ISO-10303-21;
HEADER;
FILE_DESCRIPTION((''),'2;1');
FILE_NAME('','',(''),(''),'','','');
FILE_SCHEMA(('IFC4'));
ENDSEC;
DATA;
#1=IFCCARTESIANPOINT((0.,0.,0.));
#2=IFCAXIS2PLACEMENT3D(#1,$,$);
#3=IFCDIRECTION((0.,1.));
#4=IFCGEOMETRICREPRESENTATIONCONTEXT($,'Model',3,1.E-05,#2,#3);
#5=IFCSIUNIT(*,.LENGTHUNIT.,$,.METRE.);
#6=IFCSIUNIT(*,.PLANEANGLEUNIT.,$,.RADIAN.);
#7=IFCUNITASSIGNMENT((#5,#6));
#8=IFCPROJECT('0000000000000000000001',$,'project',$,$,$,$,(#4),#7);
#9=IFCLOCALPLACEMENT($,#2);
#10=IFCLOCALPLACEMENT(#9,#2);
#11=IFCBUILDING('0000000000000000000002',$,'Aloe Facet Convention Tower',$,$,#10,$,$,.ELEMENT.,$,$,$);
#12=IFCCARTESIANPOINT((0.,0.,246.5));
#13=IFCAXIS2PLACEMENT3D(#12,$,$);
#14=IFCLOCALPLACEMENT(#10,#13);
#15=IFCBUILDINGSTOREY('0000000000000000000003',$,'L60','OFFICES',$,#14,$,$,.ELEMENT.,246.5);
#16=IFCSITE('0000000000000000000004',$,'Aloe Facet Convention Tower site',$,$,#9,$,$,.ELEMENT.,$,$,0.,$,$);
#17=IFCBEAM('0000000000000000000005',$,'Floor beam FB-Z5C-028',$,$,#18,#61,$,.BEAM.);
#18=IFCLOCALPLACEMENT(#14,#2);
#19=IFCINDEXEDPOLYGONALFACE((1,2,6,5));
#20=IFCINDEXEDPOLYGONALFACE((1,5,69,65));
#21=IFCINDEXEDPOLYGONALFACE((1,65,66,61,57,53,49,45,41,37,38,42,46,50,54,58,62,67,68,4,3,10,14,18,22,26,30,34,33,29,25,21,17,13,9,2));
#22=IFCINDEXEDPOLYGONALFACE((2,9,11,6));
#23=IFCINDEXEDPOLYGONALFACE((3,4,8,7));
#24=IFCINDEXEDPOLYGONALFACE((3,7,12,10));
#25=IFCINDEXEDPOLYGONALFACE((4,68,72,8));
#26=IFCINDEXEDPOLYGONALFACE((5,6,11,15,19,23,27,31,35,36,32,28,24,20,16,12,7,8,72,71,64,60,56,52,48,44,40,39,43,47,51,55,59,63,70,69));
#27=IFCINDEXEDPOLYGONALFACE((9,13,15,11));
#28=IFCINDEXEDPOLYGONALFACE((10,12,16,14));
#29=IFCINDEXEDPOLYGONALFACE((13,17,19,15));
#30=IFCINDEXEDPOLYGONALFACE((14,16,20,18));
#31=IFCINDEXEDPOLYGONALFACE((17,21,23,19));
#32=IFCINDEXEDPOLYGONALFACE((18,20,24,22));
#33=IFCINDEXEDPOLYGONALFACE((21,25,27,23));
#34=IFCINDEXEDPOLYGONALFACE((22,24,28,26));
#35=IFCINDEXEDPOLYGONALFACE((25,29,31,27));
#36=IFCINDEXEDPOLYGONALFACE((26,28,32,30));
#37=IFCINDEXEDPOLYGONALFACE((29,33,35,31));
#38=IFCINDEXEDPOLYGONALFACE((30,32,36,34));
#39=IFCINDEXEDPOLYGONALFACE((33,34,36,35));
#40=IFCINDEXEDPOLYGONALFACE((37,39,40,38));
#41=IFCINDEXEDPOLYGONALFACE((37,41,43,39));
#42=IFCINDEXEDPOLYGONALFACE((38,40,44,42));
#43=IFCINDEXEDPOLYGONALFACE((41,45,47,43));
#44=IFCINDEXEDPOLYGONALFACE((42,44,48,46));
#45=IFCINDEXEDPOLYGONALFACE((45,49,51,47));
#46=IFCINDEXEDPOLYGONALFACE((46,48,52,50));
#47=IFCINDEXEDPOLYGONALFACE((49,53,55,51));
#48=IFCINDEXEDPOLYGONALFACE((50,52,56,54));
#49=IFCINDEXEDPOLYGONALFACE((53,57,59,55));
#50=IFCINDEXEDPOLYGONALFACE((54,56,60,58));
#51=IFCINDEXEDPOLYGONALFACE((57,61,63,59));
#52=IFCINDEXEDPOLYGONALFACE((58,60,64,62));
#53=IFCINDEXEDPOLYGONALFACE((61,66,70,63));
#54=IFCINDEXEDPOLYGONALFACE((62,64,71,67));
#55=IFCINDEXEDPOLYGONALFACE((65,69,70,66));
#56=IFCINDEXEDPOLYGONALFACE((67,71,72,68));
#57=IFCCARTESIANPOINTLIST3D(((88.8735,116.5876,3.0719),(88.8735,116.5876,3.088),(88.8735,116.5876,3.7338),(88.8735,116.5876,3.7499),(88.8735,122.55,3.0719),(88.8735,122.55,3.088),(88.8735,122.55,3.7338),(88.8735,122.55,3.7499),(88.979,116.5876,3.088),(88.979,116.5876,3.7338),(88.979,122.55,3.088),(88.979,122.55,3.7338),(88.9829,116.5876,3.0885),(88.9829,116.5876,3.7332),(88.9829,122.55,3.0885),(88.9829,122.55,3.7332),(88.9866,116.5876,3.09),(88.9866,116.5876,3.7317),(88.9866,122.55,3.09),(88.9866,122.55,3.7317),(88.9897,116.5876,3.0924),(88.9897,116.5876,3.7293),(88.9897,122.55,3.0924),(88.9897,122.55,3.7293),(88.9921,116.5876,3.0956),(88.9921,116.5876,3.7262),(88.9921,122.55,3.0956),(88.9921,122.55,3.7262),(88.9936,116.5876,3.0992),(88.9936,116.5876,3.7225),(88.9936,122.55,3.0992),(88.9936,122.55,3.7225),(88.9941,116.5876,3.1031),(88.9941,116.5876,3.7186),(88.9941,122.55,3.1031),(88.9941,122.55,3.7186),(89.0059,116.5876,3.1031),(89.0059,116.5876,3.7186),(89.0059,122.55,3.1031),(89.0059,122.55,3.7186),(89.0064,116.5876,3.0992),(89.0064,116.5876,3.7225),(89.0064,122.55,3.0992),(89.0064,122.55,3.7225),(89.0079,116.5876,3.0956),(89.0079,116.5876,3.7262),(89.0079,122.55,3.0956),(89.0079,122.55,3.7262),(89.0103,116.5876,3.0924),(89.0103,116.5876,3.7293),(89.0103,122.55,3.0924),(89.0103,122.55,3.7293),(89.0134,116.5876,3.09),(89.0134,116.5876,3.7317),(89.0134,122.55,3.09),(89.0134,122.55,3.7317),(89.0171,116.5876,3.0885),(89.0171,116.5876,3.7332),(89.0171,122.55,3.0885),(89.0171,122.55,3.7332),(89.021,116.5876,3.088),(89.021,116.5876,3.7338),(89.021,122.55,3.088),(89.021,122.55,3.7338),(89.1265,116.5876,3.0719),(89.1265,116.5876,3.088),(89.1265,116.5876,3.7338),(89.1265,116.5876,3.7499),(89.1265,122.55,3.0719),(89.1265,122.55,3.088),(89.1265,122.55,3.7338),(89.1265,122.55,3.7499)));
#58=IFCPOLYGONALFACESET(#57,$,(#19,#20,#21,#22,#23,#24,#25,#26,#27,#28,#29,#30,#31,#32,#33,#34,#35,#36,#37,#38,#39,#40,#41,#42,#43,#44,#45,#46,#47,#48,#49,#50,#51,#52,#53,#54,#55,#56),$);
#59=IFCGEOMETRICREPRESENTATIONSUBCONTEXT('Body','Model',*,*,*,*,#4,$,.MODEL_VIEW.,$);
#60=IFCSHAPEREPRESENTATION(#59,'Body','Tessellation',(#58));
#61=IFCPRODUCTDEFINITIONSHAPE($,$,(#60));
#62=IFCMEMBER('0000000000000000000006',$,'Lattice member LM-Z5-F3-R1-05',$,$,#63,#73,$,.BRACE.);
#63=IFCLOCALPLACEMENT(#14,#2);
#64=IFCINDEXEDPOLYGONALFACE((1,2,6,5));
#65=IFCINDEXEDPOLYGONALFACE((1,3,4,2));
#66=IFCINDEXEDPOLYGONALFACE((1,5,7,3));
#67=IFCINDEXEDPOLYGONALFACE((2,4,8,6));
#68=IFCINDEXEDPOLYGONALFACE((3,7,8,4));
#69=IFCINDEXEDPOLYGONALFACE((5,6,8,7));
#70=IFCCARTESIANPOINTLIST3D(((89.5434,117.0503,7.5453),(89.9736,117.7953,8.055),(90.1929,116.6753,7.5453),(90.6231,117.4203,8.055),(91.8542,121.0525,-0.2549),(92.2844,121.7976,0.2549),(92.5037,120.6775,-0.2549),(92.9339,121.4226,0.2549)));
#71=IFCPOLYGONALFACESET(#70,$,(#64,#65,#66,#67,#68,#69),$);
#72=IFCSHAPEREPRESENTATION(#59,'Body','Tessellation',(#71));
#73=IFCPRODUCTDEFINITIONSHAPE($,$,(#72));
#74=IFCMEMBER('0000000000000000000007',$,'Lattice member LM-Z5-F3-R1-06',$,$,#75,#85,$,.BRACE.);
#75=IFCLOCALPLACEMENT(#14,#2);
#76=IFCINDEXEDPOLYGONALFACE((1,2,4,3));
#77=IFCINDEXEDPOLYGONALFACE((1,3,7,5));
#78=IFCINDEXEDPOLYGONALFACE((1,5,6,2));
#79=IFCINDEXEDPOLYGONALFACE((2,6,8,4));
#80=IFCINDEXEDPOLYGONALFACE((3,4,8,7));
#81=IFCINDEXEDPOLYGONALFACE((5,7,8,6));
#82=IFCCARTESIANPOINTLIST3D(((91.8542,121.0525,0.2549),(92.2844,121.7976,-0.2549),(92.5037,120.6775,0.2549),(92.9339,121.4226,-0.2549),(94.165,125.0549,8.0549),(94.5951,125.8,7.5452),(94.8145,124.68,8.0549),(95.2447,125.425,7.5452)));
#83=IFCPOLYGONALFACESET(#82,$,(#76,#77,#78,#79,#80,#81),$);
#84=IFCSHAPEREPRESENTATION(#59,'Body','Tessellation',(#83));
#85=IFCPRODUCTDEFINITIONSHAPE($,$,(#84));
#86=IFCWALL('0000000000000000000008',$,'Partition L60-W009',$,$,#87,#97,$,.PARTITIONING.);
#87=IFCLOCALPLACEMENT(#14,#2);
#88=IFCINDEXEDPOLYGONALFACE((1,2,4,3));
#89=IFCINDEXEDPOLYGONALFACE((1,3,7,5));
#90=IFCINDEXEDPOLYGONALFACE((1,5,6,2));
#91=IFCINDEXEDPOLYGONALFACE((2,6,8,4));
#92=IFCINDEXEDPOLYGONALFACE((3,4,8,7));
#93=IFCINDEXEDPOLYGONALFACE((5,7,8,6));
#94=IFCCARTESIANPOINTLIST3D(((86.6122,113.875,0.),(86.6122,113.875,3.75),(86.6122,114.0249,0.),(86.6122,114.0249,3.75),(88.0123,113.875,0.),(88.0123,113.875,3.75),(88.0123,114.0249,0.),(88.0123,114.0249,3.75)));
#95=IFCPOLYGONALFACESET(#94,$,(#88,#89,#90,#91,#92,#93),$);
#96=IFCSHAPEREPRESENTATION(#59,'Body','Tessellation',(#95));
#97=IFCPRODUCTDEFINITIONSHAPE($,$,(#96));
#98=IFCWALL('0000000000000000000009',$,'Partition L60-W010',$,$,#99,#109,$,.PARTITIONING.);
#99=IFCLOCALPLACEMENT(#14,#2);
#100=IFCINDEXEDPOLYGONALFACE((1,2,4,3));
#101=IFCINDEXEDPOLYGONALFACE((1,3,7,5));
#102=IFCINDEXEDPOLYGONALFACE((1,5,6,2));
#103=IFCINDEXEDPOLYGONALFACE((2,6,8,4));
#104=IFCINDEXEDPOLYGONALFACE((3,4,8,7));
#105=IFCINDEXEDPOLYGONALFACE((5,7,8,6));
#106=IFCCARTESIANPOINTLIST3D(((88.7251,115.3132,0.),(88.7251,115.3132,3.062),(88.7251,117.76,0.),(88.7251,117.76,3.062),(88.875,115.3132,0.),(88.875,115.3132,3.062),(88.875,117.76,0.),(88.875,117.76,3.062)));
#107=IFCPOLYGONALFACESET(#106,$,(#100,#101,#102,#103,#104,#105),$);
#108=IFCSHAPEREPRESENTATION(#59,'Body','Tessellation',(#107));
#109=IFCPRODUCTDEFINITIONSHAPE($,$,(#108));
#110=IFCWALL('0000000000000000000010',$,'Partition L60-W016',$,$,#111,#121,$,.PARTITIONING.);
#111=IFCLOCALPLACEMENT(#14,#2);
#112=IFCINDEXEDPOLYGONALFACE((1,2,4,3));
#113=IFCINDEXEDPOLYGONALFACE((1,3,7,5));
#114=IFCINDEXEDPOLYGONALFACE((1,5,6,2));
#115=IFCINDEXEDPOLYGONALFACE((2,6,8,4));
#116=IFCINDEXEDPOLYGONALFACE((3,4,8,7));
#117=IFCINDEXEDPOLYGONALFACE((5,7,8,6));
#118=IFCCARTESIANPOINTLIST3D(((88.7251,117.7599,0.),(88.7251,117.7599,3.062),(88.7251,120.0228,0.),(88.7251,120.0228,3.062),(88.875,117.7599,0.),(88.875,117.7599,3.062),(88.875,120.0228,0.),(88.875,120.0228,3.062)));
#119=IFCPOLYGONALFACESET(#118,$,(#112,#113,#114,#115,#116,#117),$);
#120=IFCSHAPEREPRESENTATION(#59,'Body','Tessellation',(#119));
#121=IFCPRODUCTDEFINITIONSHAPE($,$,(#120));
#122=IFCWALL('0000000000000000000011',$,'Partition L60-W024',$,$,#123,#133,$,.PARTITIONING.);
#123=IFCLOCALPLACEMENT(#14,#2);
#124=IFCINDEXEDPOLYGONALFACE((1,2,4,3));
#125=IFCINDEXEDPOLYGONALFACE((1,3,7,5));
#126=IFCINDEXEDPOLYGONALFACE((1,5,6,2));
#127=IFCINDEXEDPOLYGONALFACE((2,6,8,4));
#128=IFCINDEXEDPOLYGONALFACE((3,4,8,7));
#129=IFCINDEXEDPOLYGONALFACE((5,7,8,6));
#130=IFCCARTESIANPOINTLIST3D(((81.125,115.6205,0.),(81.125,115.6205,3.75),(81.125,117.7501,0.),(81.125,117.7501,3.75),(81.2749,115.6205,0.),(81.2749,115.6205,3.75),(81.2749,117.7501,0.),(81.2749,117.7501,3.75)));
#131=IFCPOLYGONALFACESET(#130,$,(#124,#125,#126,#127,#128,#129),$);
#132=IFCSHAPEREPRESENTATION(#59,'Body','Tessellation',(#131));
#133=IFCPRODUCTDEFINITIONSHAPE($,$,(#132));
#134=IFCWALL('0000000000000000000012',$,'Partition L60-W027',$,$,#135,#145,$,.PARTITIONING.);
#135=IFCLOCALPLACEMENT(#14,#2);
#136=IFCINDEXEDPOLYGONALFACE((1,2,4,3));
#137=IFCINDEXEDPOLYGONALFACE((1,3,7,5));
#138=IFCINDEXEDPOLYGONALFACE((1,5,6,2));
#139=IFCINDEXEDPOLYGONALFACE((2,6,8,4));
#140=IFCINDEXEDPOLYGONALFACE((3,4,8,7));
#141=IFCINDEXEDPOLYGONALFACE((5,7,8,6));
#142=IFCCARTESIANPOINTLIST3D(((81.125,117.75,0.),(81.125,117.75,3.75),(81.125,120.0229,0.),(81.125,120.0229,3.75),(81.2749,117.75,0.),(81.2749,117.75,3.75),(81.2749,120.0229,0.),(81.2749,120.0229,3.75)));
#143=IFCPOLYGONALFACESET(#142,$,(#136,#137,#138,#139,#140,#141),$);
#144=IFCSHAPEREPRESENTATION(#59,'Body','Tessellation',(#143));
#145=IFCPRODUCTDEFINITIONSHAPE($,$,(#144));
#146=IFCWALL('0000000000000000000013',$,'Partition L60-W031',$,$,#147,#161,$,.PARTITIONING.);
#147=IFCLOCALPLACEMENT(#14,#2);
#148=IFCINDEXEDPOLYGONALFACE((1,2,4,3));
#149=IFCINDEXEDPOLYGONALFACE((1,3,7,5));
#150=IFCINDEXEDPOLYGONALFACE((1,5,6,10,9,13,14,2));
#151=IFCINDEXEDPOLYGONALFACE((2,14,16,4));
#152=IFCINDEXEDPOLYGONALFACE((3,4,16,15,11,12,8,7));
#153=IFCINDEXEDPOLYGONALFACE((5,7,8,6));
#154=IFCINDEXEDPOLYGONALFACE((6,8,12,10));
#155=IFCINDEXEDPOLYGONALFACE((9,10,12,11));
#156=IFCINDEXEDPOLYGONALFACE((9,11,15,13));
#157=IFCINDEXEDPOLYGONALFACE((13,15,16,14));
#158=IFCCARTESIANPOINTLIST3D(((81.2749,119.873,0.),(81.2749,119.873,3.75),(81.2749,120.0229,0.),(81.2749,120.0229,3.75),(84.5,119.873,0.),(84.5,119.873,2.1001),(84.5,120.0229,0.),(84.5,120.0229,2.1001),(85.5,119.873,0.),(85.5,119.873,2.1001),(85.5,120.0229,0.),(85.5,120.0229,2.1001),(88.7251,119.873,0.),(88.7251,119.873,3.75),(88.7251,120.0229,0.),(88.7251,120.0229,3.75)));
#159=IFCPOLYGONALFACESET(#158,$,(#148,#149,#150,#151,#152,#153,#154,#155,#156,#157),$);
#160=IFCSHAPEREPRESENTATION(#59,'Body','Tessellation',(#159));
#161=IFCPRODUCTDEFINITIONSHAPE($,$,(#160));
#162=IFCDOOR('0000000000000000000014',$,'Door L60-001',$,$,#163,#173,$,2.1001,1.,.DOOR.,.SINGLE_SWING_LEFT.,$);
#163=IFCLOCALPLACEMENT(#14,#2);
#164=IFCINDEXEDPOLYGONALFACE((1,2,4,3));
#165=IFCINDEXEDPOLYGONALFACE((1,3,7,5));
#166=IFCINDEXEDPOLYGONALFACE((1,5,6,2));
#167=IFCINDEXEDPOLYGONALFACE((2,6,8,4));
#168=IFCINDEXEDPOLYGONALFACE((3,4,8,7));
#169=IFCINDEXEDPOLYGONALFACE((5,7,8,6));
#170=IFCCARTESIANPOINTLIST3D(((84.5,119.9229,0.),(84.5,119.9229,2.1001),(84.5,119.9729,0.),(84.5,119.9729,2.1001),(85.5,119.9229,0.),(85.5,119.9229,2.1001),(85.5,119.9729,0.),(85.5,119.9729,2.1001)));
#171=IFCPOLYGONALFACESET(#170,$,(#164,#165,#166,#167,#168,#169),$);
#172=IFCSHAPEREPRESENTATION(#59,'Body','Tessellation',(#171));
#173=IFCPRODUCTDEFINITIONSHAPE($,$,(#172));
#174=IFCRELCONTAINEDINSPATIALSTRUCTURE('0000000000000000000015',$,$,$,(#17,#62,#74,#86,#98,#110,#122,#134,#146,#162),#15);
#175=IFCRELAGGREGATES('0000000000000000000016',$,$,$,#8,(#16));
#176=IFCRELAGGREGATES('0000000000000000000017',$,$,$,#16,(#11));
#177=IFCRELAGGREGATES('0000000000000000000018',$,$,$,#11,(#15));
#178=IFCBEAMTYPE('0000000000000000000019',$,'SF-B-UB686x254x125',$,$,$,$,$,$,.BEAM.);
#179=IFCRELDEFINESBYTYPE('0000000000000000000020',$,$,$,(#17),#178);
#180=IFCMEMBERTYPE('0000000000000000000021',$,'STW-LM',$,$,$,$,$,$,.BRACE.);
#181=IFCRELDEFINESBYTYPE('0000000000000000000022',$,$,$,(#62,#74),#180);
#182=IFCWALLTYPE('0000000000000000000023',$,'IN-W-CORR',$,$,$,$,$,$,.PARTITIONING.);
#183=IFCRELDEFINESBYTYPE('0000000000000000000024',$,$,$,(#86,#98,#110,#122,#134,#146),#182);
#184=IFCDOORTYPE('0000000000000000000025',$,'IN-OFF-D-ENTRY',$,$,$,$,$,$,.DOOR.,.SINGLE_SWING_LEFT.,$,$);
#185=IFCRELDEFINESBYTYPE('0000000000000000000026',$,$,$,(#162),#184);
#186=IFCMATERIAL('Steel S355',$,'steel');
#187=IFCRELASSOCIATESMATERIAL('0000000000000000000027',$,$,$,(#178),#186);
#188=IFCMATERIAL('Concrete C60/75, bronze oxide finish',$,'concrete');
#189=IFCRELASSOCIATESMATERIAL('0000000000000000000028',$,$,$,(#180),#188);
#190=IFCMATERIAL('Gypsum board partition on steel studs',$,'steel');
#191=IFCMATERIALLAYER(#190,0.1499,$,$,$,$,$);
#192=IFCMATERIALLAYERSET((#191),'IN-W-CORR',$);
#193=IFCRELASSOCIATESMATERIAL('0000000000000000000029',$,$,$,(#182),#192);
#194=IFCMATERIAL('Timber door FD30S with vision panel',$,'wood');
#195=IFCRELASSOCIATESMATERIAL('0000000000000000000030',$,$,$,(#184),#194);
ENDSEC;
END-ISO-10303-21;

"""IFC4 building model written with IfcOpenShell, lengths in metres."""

from ifc_helpers import new_model, si_unit, direction, frame, frame_2d, origin, origin_2d, place, context, subcontext, project, spatial, rectangle, i_section, extrude, material, layer, layer_set, material_profile, profile_set, type_object, element, fill, save


model = new_model("IFC4")

# Units and contexts
model_context = context("Model", 3, precision=1e-05, world=origin(), true_north=direction((0.0, 1.0)))
body_context = subcontext(model_context, "Body", "Model", "MODEL_VIEW")
ifc_project = project(units=[si_unit("LENGTHUNIT", "METRE"), si_unit("PLANEANGLEUNIT", "RADIAN")], contexts=[model_context])

# Site, building, storey
site_placement = place(None, origin())
site = spatial("IfcSite", under=ifc_project, at=site_placement, Name="Aloe Facet Convention Tower site", CompositionType="ELEMENT", RefElevation=0.0)
building_placement = place(site_placement, origin())
building = spatial("IfcBuilding", under=site, at=building_placement, Name="Aloe Facet Convention Tower", CompositionType="ELEMENT")
storey_placement = place(building_placement, frame((0.0, 0.0, 246.5)))
storey = spatial("IfcBuildingStorey", under=building, at=storey_placement, Name="L60", Description="OFFICES", CompositionType="ELEMENT", Elevation=246.5)

# Beam
ifc_material_1 = material(Name="Steel S355", Category="steel")
ifc_material_profile_1 = material_profile(ifc_material_1, i_section(OverallWidth=0.2529, OverallDepth=0.678, WebThickness=0.0117, FlangeThickness=0.0161, FilletRadius=0.0151, at=origin_2d()), Name="UB 686x254x125")
ifc_profile_set_1 = profile_set([ifc_material_profile_1], Name="Steel S355")
beam_type_1 = type_object("IfcBeamType", Name="SF-B-UB686x254x125", PredefinedType="BEAM", material=ifc_profile_set_1)
beam_1_placement = place(storey_placement, frame((89.0, 122.55, 3.4109), z_axis=(0.0, -1.0, 0.0), x_axis=(1.0, 0.0, 0.0)))
element("IfcBeam", 1, at=beam_1_placement, inside=storey, type_object=beam_type_1, Name="Floor beam FB-Z5C-028", PredefinedType="BEAM", context=body_context, shape_type="SweptSolid", body=[
    extrude(i_section(OverallWidth=0.2529, OverallDepth=0.678, WebThickness=0.0117, FlangeThickness=0.0161, FilletRadius=0.0151, at=origin_2d()), origin(), (0.0, 0.0, 1.0), 5.9624),
])

# Members
ifc_material_2 = material(Name="Concrete C60/75, bronze oxide finish", Category="concrete")
ifc_material_profile_2 = material_profile(ifc_material_2, rectangle(XDim=0.75, YDim=1.0, at=origin_2d()), Name="STW-LM")
ifc_profile_set_2 = profile_set([ifc_material_profile_2], Name="Concrete C60/75, bronze oxide finish")
member_type = type_object("IfcMemberType", Name="STW-LM", PredefinedType="BRACE", material=ifc_profile_set_2)
for number, where, z_axis, x_axis, name in (
    (2, (92.394, 121.2375, 0.0), (-0.254876, -0.441436, 0.860333), (0.866014, -0.50002, 0.0), "Lattice member LM-Z5-F3-R1-05"),
    (3, (92.394, 121.2375, 0.0), (0.254873, 0.441458, 0.860322), (-0.866027, 0.499997, 0.0), "Lattice member LM-Z5-F3-R1-06"),
):
    element("IfcMember", number, at=place(storey_placement, frame(where, z_axis=z_axis, x_axis=x_axis)), inside=storey, type_object=member_type, Name=name, PredefinedType="BRACE", context=body_context, shape_type="SweptSolid", body=[
        extrude(rectangle(XDim=0.75, YDim=1.0, at=origin_2d()), origin(), (0.0, 0.0, 1.0), 9.0664),
    ])

# Walls
ifc_material_3 = material(Name="Gypsum board partition on steel studs", Category="steel")
ifc_layer_1 = layer(ifc_material_3, 0.1499)
ifc_layer_set_1 = layer_set([ifc_layer_1], Name="IN-W-CORR")
wall_type_1 = type_object("IfcWallType", Name="IN-W-CORR", PredefinedType="PARTITIONING", material=ifc_layer_set_1)
wall_1_placement = place(storey_placement, frame((86.6121, 113.95, 0.0), z_axis=(0.0, 0.0, 1.0), x_axis=(1.0, 0.0, 0.0)))
element("IfcWall", 4, at=wall_1_placement, inside=storey, type_object=wall_type_1, Name="Partition L60-W009", PredefinedType="PARTITIONING", context=body_context, shape_type="SweptSolid", body=[
    extrude(rectangle(XDim=1.4001, YDim=0.1499, at=frame_2d((0.7002, 0.0))), origin(), (0.0, 0.0, 1.0), 3.75),
])
wall_2_placement = place(storey_placement, frame((88.8, 115.3132, 0.0), z_axis=(0.0, 0.0, 1.0), x_axis=(0.0, 1.0, 0.0)))
element("IfcWall", 5, at=wall_2_placement, inside=storey, type_object=wall_type_1, Name="Partition L60-W010", PredefinedType="PARTITIONING", context=body_context, shape_type="SweptSolid", body=[
    extrude(rectangle(XDim=2.4468, YDim=0.1499, at=frame_2d((1.2234, 0.0))), origin(), (0.0, 0.0, 1.0), 3.062),
])
wall_3_placement = place(storey_placement, frame((88.8, 117.76, 0.0), z_axis=(0.0, 0.0, 1.0), x_axis=(0.0, 1.0, 0.0)))
element("IfcWall", 6, at=wall_3_placement, inside=storey, type_object=wall_type_1, Name="Partition L60-W016", PredefinedType="PARTITIONING", context=body_context, shape_type="SweptSolid", body=[
    extrude(rectangle(XDim=2.2629, YDim=0.1499, at=frame_2d((1.1313, 0.0))), origin(), (0.0, 0.0, 1.0), 3.062),
])
wall_4_placement = place(storey_placement, frame((81.2, 115.6204, 0.0), z_axis=(0.0, 0.0, 1.0), x_axis=(0.0, 1.0, 0.0)))
element("IfcWall", 7, at=wall_4_placement, inside=storey, type_object=wall_type_1, Name="Partition L60-W024", PredefinedType="PARTITIONING", context=body_context, shape_type="SweptSolid", body=[
    extrude(rectangle(XDim=2.1296, YDim=0.1499, at=frame_2d((1.0649, 0.0))), origin(), (0.0, 0.0, 1.0), 3.75),
])
wall_5_placement = place(storey_placement, frame((81.2, 117.75, 0.0), z_axis=(0.0, 0.0, 1.0), x_axis=(0.0, 1.0, 0.0)))
element("IfcWall", 8, at=wall_5_placement, inside=storey, type_object=wall_type_1, Name="Partition L60-W027", PredefinedType="PARTITIONING", context=body_context, shape_type="SweptSolid", body=[
    extrude(rectangle(XDim=2.2729, YDim=0.1499, at=frame_2d((1.1365, 0.0))), origin(), (0.0, 0.0, 1.0), 3.75),
])

# Wall, opening, door
wall_6_placement = place(storey_placement, frame((81.2749, 119.948, 0.0), z_axis=(0.0, 0.0, 1.0), x_axis=(1.0, 0.0, 0.0)))
wall_6 = element("IfcWall", 9, at=wall_6_placement, inside=storey, type_object=wall_type_1, Name="Partition L60-W031", PredefinedType="PARTITIONING", context=body_context, shape_type="SweptSolid", body=[
    extrude(rectangle(XDim=7.4502, YDim=0.1499, at=frame_2d((3.7251, 0.0))), origin(), (0.0, 0.0, 1.0), 3.75),
])
opening_1_placement = place(wall_6_placement, frame((3.2251, 0.0, 0.0)))
opening_1 = element("IfcOpeningElement", 10, at=opening_1_placement, cuts=wall_6, PredefinedType="OPENING", context=body_context, shape_type="SweptSolid", body=[
    extrude(rectangle(XDim=1.0, YDim=2.1001, at=frame_2d((0.5, 1.05))), frame((0.0, 0.085, 0.0), z_axis=(0.0, -1.0, 0.0), x_axis=(1.0, 0.0, 0.0)), (0.0, 0.0, 1.0), 0.1699),
])
ifc_material_4 = material(Name="Timber door FD30S with vision panel", Category="wood")
door_type_1 = type_object("IfcDoorType", Name="IN-OFF-D-ENTRY", OperationType="SINGLE_SWING_LEFT", PredefinedType="DOOR", material=ifc_material_4)
door_1_placement = place(opening_1_placement, origin())
door_1 = element("IfcDoor", 11, at=door_1_placement, inside=storey, type_object=door_type_1, Name="Door L60-001", OperationType="SINGLE_SWING_LEFT", OverallHeight=2.1001, OverallWidth=1.0, PredefinedType="DOOR", context=body_context, shape_type="SweptSolid", body=[
    extrude(rectangle(XDim=1.0, YDim=2.1001, at=frame_2d((0.5, 1.05))), frame((0.0, 0.0249, 0.0), z_axis=(0.0, -1.0, 0.0), x_axis=(1.0, 0.0, 0.0)), (0.0, 0.0, 1.0), 0.05),
])
fill(opening_1, door_1)

save(model, "model.ifc")
